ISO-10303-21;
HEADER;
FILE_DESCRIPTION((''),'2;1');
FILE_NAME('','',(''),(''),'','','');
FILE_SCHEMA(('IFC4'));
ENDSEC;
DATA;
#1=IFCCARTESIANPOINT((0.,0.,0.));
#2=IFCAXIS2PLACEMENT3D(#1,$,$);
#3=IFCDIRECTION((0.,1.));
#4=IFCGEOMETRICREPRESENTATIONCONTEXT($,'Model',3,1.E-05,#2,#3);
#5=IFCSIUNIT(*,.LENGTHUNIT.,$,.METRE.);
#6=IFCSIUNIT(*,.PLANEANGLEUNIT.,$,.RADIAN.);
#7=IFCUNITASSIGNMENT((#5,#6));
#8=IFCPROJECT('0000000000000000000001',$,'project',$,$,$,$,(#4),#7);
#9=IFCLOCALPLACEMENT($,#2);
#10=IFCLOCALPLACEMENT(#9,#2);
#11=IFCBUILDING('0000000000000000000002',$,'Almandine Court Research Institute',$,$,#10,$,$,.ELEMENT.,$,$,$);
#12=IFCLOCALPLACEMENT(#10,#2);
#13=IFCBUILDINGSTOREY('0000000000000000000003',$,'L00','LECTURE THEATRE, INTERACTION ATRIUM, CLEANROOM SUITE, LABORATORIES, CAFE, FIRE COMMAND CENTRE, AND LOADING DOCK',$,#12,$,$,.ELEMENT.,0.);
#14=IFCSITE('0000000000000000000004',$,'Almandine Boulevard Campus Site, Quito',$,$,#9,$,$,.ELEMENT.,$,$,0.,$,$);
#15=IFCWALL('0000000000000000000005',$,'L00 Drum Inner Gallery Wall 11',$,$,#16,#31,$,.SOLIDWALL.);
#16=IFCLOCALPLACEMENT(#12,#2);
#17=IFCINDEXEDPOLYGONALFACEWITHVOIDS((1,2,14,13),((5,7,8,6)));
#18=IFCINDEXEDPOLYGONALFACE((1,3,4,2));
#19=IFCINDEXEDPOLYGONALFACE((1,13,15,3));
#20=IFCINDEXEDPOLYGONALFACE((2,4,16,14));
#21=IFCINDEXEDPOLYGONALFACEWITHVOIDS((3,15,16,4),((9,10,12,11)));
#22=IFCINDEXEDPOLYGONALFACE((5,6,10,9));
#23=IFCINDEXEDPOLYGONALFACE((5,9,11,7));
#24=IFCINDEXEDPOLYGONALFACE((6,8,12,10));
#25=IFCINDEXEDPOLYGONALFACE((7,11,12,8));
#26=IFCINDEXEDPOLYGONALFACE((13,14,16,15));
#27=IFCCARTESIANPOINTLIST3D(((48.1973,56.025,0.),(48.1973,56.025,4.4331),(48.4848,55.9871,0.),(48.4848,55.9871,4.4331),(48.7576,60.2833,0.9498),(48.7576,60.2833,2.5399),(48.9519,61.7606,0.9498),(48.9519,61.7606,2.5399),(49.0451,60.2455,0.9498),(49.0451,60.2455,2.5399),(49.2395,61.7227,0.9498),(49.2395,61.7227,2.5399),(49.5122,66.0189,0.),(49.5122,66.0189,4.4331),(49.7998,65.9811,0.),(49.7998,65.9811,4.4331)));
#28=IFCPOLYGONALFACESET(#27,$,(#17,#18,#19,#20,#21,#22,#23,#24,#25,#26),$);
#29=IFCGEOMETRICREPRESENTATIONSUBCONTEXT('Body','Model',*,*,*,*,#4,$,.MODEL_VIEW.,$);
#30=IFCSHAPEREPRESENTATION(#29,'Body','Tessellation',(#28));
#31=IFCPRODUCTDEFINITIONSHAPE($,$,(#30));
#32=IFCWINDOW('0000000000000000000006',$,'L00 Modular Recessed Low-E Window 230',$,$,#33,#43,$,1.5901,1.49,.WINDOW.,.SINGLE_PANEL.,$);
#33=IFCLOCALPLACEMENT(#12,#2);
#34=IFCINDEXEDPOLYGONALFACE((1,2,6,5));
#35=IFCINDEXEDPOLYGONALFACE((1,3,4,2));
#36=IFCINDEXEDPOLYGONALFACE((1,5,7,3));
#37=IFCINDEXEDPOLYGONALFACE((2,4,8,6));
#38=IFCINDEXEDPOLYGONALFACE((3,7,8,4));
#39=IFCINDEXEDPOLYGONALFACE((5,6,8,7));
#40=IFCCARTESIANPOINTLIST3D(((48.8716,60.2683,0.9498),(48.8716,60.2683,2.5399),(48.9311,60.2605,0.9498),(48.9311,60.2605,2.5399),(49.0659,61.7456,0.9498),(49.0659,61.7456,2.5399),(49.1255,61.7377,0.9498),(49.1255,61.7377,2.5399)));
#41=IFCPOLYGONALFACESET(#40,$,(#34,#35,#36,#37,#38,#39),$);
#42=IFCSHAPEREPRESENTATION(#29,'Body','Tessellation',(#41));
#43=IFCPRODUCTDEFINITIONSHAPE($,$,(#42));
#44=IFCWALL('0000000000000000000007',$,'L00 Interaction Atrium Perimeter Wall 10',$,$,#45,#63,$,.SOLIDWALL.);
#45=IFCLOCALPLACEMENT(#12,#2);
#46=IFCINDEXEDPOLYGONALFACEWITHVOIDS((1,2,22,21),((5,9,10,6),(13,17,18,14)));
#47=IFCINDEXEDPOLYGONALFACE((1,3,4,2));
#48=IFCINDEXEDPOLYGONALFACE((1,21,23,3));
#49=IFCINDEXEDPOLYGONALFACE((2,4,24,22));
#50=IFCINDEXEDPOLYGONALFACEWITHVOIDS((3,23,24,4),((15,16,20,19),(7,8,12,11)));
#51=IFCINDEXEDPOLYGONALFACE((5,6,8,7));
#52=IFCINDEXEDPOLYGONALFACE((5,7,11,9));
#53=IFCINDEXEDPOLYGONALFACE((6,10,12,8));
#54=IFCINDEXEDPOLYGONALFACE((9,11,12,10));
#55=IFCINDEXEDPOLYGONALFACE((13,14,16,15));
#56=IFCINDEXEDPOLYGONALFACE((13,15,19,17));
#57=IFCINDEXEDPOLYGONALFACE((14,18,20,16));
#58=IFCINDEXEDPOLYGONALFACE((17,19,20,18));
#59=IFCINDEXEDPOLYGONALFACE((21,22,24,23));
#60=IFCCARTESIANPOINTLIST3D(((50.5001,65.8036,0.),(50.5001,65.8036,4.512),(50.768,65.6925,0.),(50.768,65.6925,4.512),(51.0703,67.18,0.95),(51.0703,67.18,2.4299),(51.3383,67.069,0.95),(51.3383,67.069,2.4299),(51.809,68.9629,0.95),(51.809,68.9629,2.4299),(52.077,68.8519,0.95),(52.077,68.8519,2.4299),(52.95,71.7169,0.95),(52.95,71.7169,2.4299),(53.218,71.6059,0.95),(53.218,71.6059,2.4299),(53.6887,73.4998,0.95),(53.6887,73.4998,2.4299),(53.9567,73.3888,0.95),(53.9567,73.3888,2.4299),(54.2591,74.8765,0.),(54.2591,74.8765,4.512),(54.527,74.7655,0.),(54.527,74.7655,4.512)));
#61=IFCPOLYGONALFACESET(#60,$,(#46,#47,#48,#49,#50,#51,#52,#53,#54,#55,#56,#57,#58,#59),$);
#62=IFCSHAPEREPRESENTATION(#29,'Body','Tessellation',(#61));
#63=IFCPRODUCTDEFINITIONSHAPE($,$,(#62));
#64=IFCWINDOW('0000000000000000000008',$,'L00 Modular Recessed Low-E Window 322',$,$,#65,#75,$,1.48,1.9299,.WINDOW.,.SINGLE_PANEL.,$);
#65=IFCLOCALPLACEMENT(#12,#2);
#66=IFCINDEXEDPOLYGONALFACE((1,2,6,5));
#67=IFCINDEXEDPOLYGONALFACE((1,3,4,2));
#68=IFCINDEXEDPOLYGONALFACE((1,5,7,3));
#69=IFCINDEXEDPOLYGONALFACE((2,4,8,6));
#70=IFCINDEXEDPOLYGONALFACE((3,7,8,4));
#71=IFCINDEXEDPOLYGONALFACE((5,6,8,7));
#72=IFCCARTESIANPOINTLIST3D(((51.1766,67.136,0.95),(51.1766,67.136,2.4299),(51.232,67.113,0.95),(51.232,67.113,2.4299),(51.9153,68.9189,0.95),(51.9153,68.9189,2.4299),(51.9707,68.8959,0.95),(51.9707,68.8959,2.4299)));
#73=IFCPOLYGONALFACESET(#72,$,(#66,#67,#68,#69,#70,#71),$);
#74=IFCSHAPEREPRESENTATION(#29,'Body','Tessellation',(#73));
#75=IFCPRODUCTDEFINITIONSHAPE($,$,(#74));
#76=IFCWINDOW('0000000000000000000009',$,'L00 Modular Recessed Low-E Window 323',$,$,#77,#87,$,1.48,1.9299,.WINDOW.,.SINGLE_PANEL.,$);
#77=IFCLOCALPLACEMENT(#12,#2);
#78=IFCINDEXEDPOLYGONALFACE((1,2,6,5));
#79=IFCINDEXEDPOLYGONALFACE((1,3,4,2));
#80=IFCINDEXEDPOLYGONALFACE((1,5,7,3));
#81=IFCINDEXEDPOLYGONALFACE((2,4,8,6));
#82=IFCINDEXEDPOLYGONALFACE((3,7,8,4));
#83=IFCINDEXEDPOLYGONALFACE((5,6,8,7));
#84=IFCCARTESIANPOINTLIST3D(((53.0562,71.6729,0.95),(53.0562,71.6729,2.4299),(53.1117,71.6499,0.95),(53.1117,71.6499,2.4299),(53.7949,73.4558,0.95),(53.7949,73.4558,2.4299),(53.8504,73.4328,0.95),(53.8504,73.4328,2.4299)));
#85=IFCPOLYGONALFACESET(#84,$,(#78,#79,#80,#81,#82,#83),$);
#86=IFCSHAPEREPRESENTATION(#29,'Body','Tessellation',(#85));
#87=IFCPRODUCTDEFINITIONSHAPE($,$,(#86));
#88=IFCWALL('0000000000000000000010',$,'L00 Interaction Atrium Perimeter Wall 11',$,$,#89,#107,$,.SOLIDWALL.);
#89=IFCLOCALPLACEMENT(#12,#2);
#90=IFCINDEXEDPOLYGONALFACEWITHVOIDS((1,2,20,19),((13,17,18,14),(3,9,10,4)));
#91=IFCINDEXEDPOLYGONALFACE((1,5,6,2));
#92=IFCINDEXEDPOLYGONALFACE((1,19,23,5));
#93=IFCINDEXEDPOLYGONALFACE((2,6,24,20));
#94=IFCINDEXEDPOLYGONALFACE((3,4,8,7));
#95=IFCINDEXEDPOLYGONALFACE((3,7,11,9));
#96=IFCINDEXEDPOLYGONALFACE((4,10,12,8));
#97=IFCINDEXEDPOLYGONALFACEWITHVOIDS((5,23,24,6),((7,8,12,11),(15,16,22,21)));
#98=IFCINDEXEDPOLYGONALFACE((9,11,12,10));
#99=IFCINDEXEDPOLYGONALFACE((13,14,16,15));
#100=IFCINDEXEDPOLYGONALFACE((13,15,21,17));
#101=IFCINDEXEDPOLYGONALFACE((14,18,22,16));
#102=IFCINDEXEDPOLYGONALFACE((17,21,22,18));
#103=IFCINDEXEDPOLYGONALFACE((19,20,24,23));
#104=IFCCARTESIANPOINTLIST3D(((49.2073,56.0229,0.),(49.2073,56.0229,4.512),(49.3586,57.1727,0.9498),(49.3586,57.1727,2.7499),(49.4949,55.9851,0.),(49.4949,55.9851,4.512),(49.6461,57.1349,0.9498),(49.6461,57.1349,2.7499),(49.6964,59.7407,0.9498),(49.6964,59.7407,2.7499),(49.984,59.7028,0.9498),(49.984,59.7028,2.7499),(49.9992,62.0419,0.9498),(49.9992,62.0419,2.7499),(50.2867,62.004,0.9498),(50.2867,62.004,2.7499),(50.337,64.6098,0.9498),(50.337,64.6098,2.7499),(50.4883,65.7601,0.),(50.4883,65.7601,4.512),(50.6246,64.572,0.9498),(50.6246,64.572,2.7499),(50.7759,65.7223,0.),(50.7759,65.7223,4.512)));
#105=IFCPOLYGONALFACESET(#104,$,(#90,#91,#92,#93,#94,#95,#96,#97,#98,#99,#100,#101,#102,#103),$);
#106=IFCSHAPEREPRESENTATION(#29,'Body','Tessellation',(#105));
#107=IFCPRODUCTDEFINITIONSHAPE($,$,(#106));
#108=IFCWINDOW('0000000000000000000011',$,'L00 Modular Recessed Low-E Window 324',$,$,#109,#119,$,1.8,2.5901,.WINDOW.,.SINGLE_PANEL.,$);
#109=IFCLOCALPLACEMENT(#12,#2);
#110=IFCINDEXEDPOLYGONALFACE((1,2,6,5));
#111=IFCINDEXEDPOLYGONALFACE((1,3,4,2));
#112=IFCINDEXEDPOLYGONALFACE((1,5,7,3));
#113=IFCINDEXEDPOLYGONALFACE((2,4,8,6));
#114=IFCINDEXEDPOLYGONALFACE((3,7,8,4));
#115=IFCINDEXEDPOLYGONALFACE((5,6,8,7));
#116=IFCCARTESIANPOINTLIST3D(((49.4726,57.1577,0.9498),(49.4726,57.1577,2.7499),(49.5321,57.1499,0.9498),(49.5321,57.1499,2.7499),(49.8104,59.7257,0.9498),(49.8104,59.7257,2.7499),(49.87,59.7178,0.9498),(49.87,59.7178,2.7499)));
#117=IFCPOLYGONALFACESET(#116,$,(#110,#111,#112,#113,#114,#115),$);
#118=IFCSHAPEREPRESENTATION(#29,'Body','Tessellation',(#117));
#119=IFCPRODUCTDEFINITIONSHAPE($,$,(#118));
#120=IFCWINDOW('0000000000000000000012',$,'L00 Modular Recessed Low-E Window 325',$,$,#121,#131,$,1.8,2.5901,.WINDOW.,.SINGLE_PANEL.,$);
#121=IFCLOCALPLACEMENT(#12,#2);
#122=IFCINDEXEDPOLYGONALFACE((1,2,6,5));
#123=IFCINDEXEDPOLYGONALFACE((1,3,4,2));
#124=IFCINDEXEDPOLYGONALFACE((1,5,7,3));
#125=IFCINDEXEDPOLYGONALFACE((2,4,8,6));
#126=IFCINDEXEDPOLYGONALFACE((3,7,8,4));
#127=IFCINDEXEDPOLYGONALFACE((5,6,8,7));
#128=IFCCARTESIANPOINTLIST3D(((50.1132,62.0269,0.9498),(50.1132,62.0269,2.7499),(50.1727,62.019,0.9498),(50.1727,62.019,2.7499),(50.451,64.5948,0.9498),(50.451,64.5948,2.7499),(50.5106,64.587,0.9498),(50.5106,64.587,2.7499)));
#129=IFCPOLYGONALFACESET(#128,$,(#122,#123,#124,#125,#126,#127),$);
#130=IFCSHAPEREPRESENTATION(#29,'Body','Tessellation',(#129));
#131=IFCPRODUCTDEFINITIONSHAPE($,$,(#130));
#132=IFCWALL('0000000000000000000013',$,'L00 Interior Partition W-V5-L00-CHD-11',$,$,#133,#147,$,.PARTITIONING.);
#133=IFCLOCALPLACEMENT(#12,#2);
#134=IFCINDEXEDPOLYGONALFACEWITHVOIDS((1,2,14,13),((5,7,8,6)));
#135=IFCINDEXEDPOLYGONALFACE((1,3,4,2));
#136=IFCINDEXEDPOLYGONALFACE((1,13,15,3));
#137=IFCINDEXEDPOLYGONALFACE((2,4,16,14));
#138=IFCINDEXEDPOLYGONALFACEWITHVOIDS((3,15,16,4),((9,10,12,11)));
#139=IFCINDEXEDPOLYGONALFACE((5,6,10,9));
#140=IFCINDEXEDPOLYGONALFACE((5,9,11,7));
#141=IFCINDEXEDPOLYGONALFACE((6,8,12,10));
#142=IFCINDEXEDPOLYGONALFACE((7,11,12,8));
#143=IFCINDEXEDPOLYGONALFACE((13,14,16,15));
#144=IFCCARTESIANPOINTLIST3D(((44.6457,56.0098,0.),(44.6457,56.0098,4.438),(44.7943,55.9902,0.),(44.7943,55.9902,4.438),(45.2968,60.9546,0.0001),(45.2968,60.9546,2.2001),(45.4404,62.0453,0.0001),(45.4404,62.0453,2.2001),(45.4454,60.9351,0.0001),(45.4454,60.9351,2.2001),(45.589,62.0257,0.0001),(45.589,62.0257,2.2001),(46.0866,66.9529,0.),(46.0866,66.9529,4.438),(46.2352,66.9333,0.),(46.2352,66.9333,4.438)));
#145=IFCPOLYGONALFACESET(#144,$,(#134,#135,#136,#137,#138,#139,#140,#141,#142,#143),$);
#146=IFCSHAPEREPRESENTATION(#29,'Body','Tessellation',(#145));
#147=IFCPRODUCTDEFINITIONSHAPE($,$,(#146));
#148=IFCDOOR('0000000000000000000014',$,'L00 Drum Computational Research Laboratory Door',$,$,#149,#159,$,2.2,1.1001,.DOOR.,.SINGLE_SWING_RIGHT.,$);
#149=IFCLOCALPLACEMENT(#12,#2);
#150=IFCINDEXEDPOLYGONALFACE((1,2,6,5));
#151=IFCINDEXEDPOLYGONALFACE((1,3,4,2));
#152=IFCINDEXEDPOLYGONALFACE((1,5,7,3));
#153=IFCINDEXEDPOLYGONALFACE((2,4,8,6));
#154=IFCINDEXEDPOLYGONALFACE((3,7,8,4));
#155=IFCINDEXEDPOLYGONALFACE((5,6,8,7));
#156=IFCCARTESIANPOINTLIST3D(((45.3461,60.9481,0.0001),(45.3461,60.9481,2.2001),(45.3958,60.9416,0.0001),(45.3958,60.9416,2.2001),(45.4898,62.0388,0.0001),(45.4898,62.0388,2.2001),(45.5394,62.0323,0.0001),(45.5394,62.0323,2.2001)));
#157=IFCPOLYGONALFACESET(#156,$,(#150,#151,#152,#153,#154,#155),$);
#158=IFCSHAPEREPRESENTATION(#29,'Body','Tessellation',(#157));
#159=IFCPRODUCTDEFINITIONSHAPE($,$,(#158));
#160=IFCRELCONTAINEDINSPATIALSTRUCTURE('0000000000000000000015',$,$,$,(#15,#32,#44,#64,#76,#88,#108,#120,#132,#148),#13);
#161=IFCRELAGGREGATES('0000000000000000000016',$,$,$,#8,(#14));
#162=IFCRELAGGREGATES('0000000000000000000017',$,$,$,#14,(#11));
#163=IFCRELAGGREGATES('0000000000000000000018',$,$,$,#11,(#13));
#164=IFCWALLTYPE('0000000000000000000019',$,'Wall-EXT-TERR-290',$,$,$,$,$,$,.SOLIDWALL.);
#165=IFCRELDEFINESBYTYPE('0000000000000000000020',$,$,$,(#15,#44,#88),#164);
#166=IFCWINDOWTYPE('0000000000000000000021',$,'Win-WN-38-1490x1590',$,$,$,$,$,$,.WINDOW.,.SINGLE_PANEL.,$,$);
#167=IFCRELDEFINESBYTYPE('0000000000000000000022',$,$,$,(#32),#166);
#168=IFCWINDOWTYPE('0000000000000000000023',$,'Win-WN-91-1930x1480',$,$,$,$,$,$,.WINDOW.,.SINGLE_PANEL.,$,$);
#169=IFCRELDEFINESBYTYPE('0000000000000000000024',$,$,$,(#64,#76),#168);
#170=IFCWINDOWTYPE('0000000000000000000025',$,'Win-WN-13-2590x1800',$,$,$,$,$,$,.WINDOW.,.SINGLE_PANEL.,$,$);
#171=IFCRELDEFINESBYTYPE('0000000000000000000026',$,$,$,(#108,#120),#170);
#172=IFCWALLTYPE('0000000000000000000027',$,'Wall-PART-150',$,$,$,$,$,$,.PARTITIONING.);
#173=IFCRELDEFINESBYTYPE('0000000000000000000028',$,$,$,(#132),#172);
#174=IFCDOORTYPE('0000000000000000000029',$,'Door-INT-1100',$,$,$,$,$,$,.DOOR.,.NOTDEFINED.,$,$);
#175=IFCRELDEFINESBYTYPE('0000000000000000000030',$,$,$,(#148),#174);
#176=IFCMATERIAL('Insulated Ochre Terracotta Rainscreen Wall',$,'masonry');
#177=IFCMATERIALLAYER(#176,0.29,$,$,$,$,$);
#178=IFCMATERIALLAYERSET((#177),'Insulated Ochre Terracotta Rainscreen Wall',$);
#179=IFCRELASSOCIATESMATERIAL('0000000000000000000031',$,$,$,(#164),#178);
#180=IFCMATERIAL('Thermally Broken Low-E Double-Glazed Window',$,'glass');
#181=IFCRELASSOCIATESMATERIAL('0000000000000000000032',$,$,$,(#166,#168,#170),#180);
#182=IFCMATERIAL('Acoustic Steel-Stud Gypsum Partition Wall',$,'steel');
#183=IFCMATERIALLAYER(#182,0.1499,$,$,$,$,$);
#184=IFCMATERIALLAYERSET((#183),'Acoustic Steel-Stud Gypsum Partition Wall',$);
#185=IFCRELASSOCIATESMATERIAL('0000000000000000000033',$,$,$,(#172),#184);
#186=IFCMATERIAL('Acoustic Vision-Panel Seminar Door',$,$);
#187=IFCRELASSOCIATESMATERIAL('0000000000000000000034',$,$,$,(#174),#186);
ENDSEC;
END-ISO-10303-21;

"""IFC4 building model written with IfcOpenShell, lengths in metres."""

from ifc_helpers import new_model, si_unit, direction, frame, frame_2d, origin, place, context, subcontext, project, spatial, rectangle, extrude, material, layer, layer_set, type_object, element, fill, save


model = new_model("IFC4")

# Units and contexts
model_context = context("Model", 3, precision=1e-05, world=origin(), true_north=direction((0.0, 1.0)))
body_context = subcontext(model_context, "Body", "Model", "MODEL_VIEW")
ifc_project = project(units=[si_unit("LENGTHUNIT", "METRE"), si_unit("PLANEANGLEUNIT", "RADIAN")], contexts=[model_context])

# Site, building, storey
site_placement = place(None, origin())
site = spatial("IfcSite", under=ifc_project, at=site_placement, Name="Almandine Boulevard Campus Site, Quito", CompositionType="ELEMENT", RefElevation=0.0)
building_placement = place(site_placement, origin())
building = spatial("IfcBuilding", under=site, at=building_placement, Name="Almandine Court Research Institute", CompositionType="ELEMENT")
storey_placement = place(building_placement, origin())
storey = spatial("IfcBuildingStorey", under=building, at=storey_placement, Name="L00", Description="LECTURE THEATRE, INTERACTION ATRIUM, CLEANROOM SUITE, LABORATORIES, CAFE, FIRE COMMAND CENTRE, AND LOADING DOCK", CompositionType="ELEMENT", Elevation=0.0)

# Wall, opening, window
ifc_material_1 = material(Name="Insulated Ochre Terracotta Rainscreen Wall", Category="masonry")
ifc_layer_1 = layer(ifc_material_1, 0.29)
ifc_layer_set_1 = layer_set([ifc_layer_1], Name="Insulated Ochre Terracotta Rainscreen Wall")
wall_type_1 = type_object("IfcWallType", Name="Wall-EXT-TERR-290", PredefinedType="SOLIDWALL", material=ifc_layer_set_1)
wall_1_placement = place(storey_placement, frame((49.656, 66.0, 0.0), z_axis=(0.0, 0.0, 1.0), x_axis=(-0.13045, -0.991455, 0.0)))
wall_1 = element("IfcWall", 1, at=wall_1_placement, inside=storey, type_object=wall_type_1, Name="L00 Drum Inner Gallery Wall 11", PredefinedType="SOLIDWALL", context=body_context, shape_type="SweptSolid", body=[
    extrude(rectangle(XDim=10.0801, YDim=0.29, at=frame_2d((5.04, 0.0))), origin(), (0.0, 0.0, 1.0), 4.4331),
])
opening_1_placement = place(wall_1_placement, frame((4.2949, 0.0, 0.95)))
opening_1 = element("IfcOpeningElement", 2, at=opening_1_placement, cuts=wall_1, PredefinedType="OPENING", context=body_context, shape_type="SweptSolid", body=[
    extrude(rectangle(XDim=1.49, YDim=1.5901, at=frame_2d((0.7451, 0.7949))), frame((0.0, 0.155, 0.0), z_axis=(0.0, -1.0, 0.0), x_axis=(1.0, 0.0, 0.0)), (0.0, 0.0, 1.0), 0.3101),
])
ifc_material_2 = material(Name="Thermally Broken Low-E Double-Glazed Window", Category="glass")
window_type_1 = type_object("IfcWindowType", Name="Win-WN-38-1490x1590", PartitioningType="SINGLE_PANEL", PredefinedType="WINDOW", material=ifc_material_2)
window_1_placement = place(opening_1_placement, origin())
window_1 = element("IfcWindow", 3, at=window_1_placement, inside=storey, type_object=window_type_1, Name="L00 Modular Recessed Low-E Window 230", OverallHeight=1.5901, OverallWidth=1.49, PartitioningType="SINGLE_PANEL", PredefinedType="WINDOW", context=body_context, shape_type="SweptSolid", body=[
    extrude(rectangle(XDim=1.49, YDim=1.5901, at=frame_2d((0.7451, 0.7949))), frame((0.0, 0.03, 0.0), z_axis=(0.0, -1.0, 0.0), x_axis=(1.0, 0.0, 0.0)), (0.0, 0.0, 1.0), 0.0601),
])
fill(opening_1, window_1)

# Walls, openings, windows
wall_2_placement = place(storey_placement, frame((50.634, 65.748, 0.0), z_axis=(0.0, 0.0, 1.0), x_axis=(0.382759, 0.923848, 0.0)))
wall_2 = element("IfcWall", 4, at=wall_2_placement, inside=storey, type_object=wall_type_1, Name="L00 Interaction Atrium Perimeter Wall 10", PredefinedType="SOLIDWALL", context=body_context, shape_type="SweptSolid", body=[
    extrude(rectangle(XDim=9.8208, YDim=0.29, at=frame_2d((4.9104, 0.0))), origin(), (0.0, 0.0, 1.0), 4.512),
])
opening_2_placement = place(wall_2_placement, frame((1.49, 0.0, 0.95)))
opening_2 = element("IfcOpeningElement", 5, at=opening_2_placement, cuts=wall_2, PredefinedType="OPENING", context=body_context, shape_type="SweptSolid", body=[
    extrude(rectangle(XDim=1.9299, YDim=1.48, at=frame_2d((0.9648, 0.74))), frame((0.0, 0.155, 0.0), z_axis=(0.0, -1.0, 0.0), x_axis=(1.0, 0.0, 0.0)), (0.0, 0.0, 1.0), 0.3101),
])
opening_3_placement = place(wall_2_placement, frame((6.4009, 0.0, 0.95)))
opening_3 = element("IfcOpeningElement", 6, at=opening_3_placement, cuts=wall_2, PredefinedType="OPENING", context=body_context, shape_type="SweptSolid", body=[
    extrude(rectangle(XDim=1.9299, YDim=1.48, at=frame_2d((0.9648, 0.74))), frame((0.0, 0.155, 0.0), z_axis=(0.0, -1.0, 0.0), x_axis=(1.0, 0.0, 0.0)), (0.0, 0.0, 1.0), 0.3101),
])
window_type_2 = type_object("IfcWindowType", Name="Win-WN-91-1930x1480", PartitioningType="SINGLE_PANEL", PredefinedType="WINDOW", material=ifc_material_2)
window_2_placement = place(opening_2_placement, origin())
window_2 = element("IfcWindow", 7, at=window_2_placement, inside=storey, type_object=window_type_2, Name="L00 Modular Recessed Low-E Window 322", OverallHeight=1.48, OverallWidth=1.9299, PartitioningType="SINGLE_PANEL", PredefinedType="WINDOW", context=body_context, shape_type="SweptSolid", body=[
    extrude(rectangle(XDim=1.9299, YDim=1.48, at=frame_2d((0.9648, 0.74))), frame((0.0, 0.03, 0.0), z_axis=(0.0, -1.0, 0.0), x_axis=(1.0, 0.0, 0.0)), (0.0, 0.0, 1.0), 0.0601),
])
fill(opening_2, window_2)
window_3_placement = place(opening_3_placement, origin())
window_3 = element("IfcWindow", 8, at=window_3_placement, inside=storey, type_object=window_type_2, Name="L00 Modular Recessed Low-E Window 323", OverallHeight=1.48, OverallWidth=1.9299, PartitioningType="SINGLE_PANEL", PredefinedType="WINDOW", context=body_context, shape_type="SweptSolid", body=[
    extrude(rectangle(XDim=1.9299, YDim=1.48, at=frame_2d((0.9648, 0.74))), frame((0.0, 0.03, 0.0), z_axis=(0.0, -1.0, 0.0), x_axis=(1.0, 0.0, 0.0)), (0.0, 0.0, 1.0), 0.0601),
])
fill(opening_3, window_3)
wall_3_placement = place(storey_placement, frame((49.3511, 56.0039, 0.0), z_axis=(0.0, 0.0, 1.0), x_axis=(0.130436, 0.991457, 0.0)))
wall_3 = element("IfcWall", 9, at=wall_3_placement, inside=storey, type_object=wall_type_1, Name="L00 Interaction Atrium Perimeter Wall 11", PredefinedType="SOLIDWALL", context=body_context, shape_type="SweptSolid", body=[
    extrude(rectangle(XDim=9.821, YDim=0.29, at=frame_2d((4.9106, 0.0))), origin(), (0.0, 0.0, 1.0), 4.512),
])
opening_4_placement = place(wall_3_placement, frame((1.1599, 0.0, 0.95)))
opening_4 = element("IfcOpeningElement", 10, at=opening_4_placement, cuts=wall_3, PredefinedType="OPENING", context=body_context, shape_type="SweptSolid", body=[
    extrude(rectangle(XDim=2.5901, YDim=1.8, at=frame_2d((1.2949, 0.8999))), frame((0.0, 0.155, 0.0), z_axis=(0.0, -1.0, 0.0), x_axis=(1.0, 0.0, 0.0)), (0.0, 0.0, 1.0), 0.3101),
])
opening_5_placement = place(wall_3_placement, frame((6.071, 0.0, 0.95)))
opening_5 = element("IfcOpeningElement", 11, at=opening_5_placement, cuts=wall_3, PredefinedType="OPENING", context=body_context, shape_type="SweptSolid", body=[
    extrude(rectangle(XDim=2.5901, YDim=1.8, at=frame_2d((1.2949, 0.8999))), frame((0.0, 0.155, 0.0), z_axis=(0.0, -1.0, 0.0), x_axis=(1.0, 0.0, 0.0)), (0.0, 0.0, 1.0), 0.3101),
])
window_type_3 = type_object("IfcWindowType", Name="Win-WN-13-2590x1800", PartitioningType="SINGLE_PANEL", PredefinedType="WINDOW", material=ifc_material_2)
window_4_placement = place(opening_4_placement, origin())
window_4 = element("IfcWindow", 12, at=window_4_placement, inside=storey, type_object=window_type_3, Name="L00 Modular Recessed Low-E Window 324", OverallHeight=1.8, OverallWidth=2.5901, PartitioningType="SINGLE_PANEL", PredefinedType="WINDOW", context=body_context, shape_type="SweptSolid", body=[
    extrude(rectangle(XDim=2.5901, YDim=1.8, at=frame_2d((1.2949, 0.8999))), frame((0.0, 0.03, 0.0), z_axis=(0.0, -1.0, 0.0), x_axis=(1.0, 0.0, 0.0)), (0.0, 0.0, 1.0), 0.0601),
])
fill(opening_4, window_4)
window_5_placement = place(opening_5_placement, origin())
window_5 = element("IfcWindow", 13, at=window_5_placement, inside=storey, type_object=window_type_3, Name="L00 Modular Recessed Low-E Window 325", OverallHeight=1.8, OverallWidth=2.5901, PartitioningType="SINGLE_PANEL", PredefinedType="WINDOW", context=body_context, shape_type="SweptSolid", body=[
    extrude(rectangle(XDim=2.5901, YDim=1.8, at=frame_2d((1.2949, 0.8999))), frame((0.0, 0.03, 0.0), z_axis=(0.0, -1.0, 0.0), x_axis=(1.0, 0.0, 0.0)), (0.0, 0.0, 1.0), 0.0601),
])
fill(opening_5, window_5)

# Wall, opening, door
ifc_material_3 = material(Name="Acoustic Steel-Stud Gypsum Partition Wall", Category="steel")
ifc_layer_2 = layer(ifc_material_3, 0.1499)
ifc_layer_set_2 = layer_set([ifc_layer_2], Name="Acoustic Steel-Stud Gypsum Partition Wall")
wall_type_2 = type_object("IfcWallType", Name="Wall-PART-150", PredefinedType="PARTITIONING", material=ifc_layer_set_2)
wall_4_placement = place(storey_placement, frame((46.1609, 66.9431, 0.0), z_axis=(0.0, 0.0, 1.0), x_axis=(-0.130547, -0.991442, 0.0)))
wall_4 = element("IfcWall", 14, at=wall_4_placement, inside=storey, type_object=wall_type_2, Name="L00 Interior Partition W-V5-L00-CHD-11", PredefinedType="PARTITIONING", context=body_context, shape_type="SweptSolid", body=[
    extrude(rectangle(XDim=11.0376, YDim=0.1499, at=frame_2d((5.5188, 0.0))), origin(), (0.0, 0.0, 1.0), 4.438),
])
opening_6_placement = place(wall_4_placement, frame((4.95, 0.0, 0.0)))
opening_6 = element("IfcOpeningElement", 15, at=opening_6_placement, cuts=wall_4, PredefinedType="OPENING", context=body_context, shape_type="SweptSolid", body=[
    extrude(rectangle(XDim=1.1001, YDim=2.2, at=frame_2d((0.55, 1.1001))), frame((0.0, 0.085, 0.0), z_axis=(0.0, -1.0, 0.0), x_axis=(1.0, 0.0, 0.0)), (0.0, 0.0, 1.0), 0.1699),
])
ifc_material_4 = material(Name="Acoustic Vision-Panel Seminar Door")
door_type = type_object("IfcDoorType", Name="Door-INT-1100", OperationType="NOTDEFINED", PredefinedType="DOOR", material=ifc_material_4)
door_placement = place(opening_6_placement, origin())
door = element("IfcDoor", 16, at=door_placement, inside=storey, type_object=door_type, Name="L00 Drum Computational Research Laboratory Door", OperationType="SINGLE_SWING_RIGHT", OverallHeight=2.2, OverallWidth=1.1001, PredefinedType="DOOR", context=body_context, shape_type="SweptSolid", body=[
    extrude(rectangle(XDim=1.1001, YDim=2.2, at=frame_2d((0.55, 1.1001))), frame((0.0, 0.0249, 0.0), z_axis=(0.0, -1.0, 0.0), x_axis=(1.0, 0.0, 0.0)), (0.0, 0.0, 1.0), 0.05),
])
fill(opening_6, door)

save(model, "model.ifc")
